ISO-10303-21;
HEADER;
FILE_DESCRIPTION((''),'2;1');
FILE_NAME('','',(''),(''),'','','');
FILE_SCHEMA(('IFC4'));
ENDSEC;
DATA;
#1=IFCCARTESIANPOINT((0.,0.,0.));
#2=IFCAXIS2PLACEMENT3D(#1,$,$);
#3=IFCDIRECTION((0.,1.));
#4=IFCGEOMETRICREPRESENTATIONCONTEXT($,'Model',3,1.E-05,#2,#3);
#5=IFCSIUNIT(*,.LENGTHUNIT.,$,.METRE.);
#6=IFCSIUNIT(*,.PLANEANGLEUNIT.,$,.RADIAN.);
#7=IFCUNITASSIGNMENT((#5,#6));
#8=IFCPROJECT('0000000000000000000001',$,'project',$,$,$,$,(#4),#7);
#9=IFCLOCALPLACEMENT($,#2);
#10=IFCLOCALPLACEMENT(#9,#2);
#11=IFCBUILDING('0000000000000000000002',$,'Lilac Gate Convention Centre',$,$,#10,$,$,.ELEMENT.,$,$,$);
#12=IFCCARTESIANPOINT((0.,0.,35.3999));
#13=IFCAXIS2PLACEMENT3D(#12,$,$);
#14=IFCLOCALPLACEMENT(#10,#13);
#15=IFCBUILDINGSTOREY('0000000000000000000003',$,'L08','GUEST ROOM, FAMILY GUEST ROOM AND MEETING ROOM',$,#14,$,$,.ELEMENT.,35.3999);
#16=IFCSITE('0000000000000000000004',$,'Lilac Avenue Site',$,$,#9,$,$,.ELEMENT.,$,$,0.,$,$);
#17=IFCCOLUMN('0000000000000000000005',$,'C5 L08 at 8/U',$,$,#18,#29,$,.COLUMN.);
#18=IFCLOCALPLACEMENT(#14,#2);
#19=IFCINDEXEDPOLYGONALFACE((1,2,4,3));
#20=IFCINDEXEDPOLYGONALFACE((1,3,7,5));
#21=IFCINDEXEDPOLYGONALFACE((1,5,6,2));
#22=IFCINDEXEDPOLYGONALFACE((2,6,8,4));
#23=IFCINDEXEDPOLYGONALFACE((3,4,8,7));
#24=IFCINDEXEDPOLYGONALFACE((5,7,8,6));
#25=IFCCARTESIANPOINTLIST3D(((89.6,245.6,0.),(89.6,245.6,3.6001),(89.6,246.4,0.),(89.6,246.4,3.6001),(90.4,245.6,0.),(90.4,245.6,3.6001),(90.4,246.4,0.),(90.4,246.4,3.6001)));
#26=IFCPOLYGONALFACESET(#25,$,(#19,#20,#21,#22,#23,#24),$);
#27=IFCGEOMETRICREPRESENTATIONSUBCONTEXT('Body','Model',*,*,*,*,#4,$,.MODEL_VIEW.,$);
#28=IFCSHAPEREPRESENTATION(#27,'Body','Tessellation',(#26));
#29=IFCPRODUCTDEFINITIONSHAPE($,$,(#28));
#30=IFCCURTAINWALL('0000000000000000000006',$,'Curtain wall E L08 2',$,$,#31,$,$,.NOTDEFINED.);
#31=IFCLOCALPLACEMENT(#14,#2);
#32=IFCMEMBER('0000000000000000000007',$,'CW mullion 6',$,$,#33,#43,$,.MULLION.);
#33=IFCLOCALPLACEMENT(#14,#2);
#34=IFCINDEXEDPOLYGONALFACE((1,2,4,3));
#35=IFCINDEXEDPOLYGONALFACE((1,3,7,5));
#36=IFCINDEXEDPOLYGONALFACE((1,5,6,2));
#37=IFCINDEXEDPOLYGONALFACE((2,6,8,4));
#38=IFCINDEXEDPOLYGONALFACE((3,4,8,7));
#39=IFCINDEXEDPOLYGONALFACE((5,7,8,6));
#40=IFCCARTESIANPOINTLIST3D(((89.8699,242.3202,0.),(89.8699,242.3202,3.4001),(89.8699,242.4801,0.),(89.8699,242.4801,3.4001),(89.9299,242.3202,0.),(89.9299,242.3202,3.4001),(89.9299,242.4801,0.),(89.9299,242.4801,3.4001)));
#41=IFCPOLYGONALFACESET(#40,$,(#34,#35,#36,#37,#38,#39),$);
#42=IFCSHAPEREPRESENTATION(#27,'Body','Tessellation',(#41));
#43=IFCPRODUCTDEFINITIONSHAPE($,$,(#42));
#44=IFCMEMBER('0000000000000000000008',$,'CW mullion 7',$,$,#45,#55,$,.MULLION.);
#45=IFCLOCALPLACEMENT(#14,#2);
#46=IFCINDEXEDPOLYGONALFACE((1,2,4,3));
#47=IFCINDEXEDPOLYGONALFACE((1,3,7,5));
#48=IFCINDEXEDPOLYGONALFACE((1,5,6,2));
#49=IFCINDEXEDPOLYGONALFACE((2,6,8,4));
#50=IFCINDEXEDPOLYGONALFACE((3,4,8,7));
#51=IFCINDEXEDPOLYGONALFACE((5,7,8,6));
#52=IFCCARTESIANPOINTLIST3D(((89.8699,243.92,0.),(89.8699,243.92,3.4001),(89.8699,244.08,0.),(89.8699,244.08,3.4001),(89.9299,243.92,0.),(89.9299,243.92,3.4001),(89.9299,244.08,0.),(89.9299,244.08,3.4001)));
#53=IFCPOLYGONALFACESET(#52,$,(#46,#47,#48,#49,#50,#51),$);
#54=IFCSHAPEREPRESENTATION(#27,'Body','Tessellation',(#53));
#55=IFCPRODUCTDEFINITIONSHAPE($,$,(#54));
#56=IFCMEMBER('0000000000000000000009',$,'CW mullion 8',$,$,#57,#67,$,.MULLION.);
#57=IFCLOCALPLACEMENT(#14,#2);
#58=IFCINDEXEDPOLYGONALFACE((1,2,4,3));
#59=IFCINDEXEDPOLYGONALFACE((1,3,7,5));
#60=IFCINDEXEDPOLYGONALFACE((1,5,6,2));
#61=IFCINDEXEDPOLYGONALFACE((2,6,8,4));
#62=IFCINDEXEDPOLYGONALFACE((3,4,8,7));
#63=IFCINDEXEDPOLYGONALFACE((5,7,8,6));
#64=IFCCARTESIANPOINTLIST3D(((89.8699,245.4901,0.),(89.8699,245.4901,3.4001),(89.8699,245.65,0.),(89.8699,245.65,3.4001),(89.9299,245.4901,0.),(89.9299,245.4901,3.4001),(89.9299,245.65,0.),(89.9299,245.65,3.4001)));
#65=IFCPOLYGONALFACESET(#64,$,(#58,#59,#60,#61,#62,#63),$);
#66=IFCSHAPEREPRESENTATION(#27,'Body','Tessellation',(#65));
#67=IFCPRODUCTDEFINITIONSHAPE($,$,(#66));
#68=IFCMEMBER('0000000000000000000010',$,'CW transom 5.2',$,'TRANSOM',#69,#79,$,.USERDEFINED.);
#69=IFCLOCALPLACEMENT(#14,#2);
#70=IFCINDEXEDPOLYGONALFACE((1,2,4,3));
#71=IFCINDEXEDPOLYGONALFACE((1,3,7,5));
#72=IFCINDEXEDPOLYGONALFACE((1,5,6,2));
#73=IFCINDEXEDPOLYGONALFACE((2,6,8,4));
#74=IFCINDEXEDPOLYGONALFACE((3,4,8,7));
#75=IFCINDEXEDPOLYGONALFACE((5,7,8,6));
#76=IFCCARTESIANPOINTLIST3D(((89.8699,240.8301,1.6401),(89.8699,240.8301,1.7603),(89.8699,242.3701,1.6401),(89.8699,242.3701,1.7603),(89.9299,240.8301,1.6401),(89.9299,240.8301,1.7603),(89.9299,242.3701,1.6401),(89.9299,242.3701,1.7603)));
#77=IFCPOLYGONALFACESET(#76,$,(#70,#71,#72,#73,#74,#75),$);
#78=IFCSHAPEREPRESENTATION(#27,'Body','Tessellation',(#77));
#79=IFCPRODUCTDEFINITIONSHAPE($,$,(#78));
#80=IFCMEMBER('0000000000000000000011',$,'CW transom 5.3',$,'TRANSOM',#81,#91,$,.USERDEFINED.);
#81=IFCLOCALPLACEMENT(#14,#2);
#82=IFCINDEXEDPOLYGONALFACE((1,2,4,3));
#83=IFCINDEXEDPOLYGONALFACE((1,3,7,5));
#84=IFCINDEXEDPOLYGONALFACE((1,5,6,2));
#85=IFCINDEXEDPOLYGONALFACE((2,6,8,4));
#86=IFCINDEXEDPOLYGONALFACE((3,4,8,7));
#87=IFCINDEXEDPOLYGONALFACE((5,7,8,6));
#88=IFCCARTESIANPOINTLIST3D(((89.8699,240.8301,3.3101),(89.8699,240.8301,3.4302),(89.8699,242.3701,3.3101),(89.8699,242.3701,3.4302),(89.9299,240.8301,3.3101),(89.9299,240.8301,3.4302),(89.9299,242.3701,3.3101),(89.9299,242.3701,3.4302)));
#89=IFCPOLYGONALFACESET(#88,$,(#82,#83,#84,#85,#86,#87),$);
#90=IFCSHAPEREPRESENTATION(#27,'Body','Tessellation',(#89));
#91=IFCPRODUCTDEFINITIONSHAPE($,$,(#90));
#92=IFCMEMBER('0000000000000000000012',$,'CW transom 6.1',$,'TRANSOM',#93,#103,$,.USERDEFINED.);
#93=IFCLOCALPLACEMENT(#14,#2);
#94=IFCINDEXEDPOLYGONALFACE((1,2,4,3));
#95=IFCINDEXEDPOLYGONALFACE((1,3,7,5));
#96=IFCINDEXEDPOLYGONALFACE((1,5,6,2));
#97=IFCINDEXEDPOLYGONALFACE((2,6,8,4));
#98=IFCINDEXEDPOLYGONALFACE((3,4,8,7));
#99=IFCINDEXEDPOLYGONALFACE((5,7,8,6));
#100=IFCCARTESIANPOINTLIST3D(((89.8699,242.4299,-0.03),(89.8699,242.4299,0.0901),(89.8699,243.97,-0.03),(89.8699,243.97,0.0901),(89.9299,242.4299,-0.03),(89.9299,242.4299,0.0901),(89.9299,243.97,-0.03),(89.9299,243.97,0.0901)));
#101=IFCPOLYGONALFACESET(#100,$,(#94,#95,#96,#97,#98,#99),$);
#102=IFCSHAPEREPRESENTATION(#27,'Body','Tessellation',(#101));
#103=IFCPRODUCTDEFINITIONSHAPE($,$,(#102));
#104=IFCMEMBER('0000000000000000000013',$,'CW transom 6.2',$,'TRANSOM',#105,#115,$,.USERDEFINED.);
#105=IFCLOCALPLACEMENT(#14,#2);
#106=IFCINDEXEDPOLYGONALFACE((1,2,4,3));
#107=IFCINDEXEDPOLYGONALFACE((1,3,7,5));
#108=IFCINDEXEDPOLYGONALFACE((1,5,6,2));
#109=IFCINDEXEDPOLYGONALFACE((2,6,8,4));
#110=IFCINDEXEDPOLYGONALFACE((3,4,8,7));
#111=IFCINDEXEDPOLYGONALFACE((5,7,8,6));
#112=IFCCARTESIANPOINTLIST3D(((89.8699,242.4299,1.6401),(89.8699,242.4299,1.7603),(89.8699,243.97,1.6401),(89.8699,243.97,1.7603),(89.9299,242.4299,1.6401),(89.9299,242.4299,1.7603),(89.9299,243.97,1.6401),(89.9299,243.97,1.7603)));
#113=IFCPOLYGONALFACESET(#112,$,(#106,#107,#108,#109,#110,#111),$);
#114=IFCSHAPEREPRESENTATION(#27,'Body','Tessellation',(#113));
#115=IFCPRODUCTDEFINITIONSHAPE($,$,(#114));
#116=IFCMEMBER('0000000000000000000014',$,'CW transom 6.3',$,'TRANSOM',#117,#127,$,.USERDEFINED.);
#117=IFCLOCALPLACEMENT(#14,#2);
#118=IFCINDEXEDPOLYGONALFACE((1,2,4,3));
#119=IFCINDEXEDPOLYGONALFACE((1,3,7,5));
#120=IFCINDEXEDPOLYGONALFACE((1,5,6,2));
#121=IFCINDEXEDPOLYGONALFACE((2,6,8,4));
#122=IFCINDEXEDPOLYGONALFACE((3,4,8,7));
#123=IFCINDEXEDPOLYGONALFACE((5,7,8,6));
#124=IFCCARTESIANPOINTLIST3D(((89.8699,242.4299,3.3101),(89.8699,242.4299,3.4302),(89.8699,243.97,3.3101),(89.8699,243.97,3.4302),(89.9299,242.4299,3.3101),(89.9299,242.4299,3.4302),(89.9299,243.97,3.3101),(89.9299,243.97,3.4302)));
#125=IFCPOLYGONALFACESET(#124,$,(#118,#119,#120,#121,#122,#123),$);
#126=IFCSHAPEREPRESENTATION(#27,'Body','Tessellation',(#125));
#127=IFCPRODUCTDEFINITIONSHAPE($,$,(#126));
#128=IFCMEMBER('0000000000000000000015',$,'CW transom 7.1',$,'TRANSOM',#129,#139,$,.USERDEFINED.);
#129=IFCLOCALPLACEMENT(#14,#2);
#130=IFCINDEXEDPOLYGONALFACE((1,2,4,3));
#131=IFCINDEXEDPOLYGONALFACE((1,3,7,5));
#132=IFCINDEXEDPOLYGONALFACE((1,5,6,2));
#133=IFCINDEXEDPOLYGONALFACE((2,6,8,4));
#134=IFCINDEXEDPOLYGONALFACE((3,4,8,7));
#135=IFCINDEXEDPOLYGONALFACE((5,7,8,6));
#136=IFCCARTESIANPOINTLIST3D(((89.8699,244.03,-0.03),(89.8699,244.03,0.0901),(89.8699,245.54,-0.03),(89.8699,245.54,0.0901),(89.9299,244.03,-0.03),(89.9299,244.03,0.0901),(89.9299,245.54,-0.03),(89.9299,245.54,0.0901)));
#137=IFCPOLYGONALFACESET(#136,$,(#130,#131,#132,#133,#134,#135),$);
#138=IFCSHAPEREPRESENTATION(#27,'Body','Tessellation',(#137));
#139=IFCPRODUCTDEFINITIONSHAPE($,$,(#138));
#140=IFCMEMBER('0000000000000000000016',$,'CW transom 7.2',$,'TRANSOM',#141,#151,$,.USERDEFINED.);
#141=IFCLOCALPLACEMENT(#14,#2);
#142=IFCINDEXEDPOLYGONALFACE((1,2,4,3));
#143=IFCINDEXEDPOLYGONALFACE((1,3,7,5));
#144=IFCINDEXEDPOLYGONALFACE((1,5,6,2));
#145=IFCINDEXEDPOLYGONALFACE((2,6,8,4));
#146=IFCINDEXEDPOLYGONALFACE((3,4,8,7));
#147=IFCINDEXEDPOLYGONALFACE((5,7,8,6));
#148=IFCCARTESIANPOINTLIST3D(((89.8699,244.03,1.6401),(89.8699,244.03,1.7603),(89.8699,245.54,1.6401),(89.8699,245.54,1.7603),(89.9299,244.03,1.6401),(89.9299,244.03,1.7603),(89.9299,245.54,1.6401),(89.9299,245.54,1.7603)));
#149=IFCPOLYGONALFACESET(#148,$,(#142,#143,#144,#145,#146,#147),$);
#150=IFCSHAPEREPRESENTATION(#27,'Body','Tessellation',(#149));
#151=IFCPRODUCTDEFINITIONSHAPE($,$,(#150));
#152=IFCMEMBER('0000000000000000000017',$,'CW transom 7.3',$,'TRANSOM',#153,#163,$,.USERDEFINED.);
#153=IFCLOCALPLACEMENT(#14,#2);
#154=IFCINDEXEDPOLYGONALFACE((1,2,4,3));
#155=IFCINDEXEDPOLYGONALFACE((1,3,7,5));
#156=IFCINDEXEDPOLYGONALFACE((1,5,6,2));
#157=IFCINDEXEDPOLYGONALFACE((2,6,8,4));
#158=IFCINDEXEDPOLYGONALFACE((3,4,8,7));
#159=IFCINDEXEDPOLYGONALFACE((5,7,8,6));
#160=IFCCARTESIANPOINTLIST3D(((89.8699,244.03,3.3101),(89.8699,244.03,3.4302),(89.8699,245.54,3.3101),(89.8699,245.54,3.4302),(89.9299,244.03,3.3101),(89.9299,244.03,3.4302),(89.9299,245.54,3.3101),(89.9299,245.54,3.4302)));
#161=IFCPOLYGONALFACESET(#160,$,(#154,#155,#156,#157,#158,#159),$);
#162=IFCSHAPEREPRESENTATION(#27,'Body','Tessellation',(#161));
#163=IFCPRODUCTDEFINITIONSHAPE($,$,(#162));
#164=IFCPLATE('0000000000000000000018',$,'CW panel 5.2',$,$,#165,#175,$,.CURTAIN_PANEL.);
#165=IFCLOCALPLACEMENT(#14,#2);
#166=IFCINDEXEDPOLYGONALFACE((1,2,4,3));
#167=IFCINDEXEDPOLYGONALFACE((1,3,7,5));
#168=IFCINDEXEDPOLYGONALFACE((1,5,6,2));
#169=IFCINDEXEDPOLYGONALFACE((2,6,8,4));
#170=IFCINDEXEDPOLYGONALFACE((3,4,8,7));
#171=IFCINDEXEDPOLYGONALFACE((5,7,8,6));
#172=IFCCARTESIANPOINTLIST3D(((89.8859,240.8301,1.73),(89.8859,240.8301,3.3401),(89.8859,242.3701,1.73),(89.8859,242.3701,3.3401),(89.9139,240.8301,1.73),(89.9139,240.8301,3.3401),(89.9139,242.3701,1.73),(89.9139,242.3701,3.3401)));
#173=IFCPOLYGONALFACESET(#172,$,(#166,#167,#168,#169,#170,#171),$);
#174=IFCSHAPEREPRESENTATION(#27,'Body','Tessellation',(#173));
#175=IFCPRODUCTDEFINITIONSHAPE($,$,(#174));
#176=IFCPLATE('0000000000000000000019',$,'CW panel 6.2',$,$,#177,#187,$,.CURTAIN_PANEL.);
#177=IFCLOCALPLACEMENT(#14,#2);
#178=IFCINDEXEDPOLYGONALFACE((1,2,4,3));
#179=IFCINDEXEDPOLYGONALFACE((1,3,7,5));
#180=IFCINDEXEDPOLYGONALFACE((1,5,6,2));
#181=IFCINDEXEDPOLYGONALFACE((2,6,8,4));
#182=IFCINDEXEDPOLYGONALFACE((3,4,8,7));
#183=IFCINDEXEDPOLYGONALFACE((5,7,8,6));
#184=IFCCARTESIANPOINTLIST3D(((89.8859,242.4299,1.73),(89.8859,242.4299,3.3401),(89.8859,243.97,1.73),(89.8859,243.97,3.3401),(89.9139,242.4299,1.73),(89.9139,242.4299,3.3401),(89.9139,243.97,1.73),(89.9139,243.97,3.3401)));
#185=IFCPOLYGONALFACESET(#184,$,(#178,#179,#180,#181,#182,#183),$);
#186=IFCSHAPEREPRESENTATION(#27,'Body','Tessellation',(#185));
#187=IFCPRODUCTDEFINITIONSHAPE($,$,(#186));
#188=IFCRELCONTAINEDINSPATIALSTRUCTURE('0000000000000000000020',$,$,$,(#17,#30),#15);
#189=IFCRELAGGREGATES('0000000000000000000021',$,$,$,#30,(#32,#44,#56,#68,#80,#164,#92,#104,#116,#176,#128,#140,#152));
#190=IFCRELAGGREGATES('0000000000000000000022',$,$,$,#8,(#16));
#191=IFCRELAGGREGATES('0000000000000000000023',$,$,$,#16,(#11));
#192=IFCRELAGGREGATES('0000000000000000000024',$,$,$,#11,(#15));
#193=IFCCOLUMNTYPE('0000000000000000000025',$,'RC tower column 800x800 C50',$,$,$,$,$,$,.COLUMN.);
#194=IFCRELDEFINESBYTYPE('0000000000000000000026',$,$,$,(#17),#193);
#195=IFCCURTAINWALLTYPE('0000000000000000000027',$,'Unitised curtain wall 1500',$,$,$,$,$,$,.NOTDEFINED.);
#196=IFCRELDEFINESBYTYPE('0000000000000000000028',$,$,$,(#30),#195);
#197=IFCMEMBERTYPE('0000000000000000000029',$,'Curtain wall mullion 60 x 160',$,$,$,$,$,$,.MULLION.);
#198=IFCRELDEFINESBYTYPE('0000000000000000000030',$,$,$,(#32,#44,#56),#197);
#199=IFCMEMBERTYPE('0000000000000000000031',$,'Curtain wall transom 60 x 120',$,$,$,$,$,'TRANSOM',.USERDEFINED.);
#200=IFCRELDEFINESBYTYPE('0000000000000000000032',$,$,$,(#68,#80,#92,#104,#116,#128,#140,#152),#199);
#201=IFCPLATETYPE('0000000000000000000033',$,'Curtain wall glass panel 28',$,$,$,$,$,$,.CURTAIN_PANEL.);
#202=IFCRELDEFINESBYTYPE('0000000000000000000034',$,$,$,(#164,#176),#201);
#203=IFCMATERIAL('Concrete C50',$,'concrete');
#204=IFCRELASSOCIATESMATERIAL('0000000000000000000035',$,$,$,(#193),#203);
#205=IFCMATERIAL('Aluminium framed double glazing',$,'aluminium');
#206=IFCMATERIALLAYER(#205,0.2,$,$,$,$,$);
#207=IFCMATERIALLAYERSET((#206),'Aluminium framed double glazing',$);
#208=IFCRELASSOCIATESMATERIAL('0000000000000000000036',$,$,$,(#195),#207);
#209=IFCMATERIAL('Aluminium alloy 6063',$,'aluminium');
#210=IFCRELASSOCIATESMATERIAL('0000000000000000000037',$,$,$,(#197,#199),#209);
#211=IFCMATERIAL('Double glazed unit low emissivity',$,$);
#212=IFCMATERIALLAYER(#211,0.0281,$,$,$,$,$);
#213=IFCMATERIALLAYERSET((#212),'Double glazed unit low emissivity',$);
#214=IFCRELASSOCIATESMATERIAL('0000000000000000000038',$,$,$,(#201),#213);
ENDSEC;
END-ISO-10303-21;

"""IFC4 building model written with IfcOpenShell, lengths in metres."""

from ifc_helpers import new_model, si_unit, direction, frame, origin, origin_2d, place, context, subcontext, project, spatial, rectangle, extrude, material, layer, layer_set, material_profile, profile_set, type_object, element, aggregate, save


model = new_model("IFC4")

# Units and contexts
model_context = context("Model", 3, precision=1e-05, world=origin(), true_north=direction((0.0, 1.0)))
body_context = subcontext(model_context, "Body", "Model", "MODEL_VIEW")
ifc_project = project(units=[si_unit("LENGTHUNIT", "METRE"), si_unit("PLANEANGLEUNIT", "RADIAN")], contexts=[model_context])

# Site, building, storey
site_placement = place(None, origin())
site = spatial("IfcSite", under=ifc_project, at=site_placement, Name="Lilac Avenue Site", CompositionType="ELEMENT", RefElevation=0.0)
building_placement = place(site_placement, origin())
building = spatial("IfcBuilding", under=site, at=building_placement, Name="Lilac Gate Convention Centre", CompositionType="ELEMENT")
storey_placement = place(building_placement, frame((0.0, 0.0, 35.3999)))
storey = spatial("IfcBuildingStorey", under=building, at=storey_placement, Name="L08", Description="GUEST ROOM, FAMILY GUEST ROOM AND MEETING ROOM", CompositionType="ELEMENT", Elevation=35.3999)

# Column
ifc_material_1 = material(Name="Concrete C50", Category="concrete")
ifc_material_profile_1 = material_profile(ifc_material_1, rectangle(XDim=0.8, YDim=0.8, at=origin_2d()), Name="RC 800x800")
ifc_profile_set_1 = profile_set([ifc_material_profile_1], Name="Concrete C50")
column_type = type_object("IfcColumnType", Name="RC tower column 800x800 C50", PredefinedType="COLUMN", material=ifc_profile_set_1)
column_placement = place(storey_placement, frame((90.0, 246.0, 0.0), z_axis=(0.0, 0.0, 1.0), x_axis=(1.0, 0.0, 0.0)))
element("IfcColumn", 1, at=column_placement, inside=storey, type_object=column_type, Name="C5 L08 at 8/U", PredefinedType="COLUMN", context=body_context, shape_type="SweptSolid", body=[
    extrude(rectangle(XDim=0.8, YDim=0.8, at=origin_2d()), origin(), (0.0, 0.0, 1.0), 3.6001),
])

# Curtain wall, members, plates
ifc_material_2 = material(Name="Aluminium framed double glazing", Category="aluminium")
ifc_layer_1 = layer(ifc_material_2, 0.2)
ifc_layer_set_1 = layer_set([ifc_layer_1], Name="Aluminium framed double glazing")
curtain_wall_type = type_object("IfcCurtainWallType", Name="Unitised curtain wall 1500", PredefinedType="NOTDEFINED", material=ifc_layer_set_1)
curtain_wall_placement = place(storey_placement, origin())
curtain_wall = element("IfcCurtainWall", 2, at=curtain_wall_placement, inside=storey, type_object=curtain_wall_type, Name="Curtain wall E L08 2", PredefinedType="NOTDEFINED")
ifc_material_3 = material(Name="Aluminium alloy 6063", Category="aluminium")
ifc_material_profile_2 = material_profile(ifc_material_3, rectangle(XDim=0.0601, YDim=0.1599, at=origin_2d()), Name="Curtain wall mullion 60 x 160")
ifc_profile_set_2 = profile_set([ifc_material_profile_2], Name="Aluminium alloy 6063")
member_type_1 = type_object("IfcMemberType", Name="Curtain wall mullion 60 x 160", PredefinedType="MULLION", material=ifc_profile_set_2)
member_1_placement = place(storey_placement, frame((89.8999, 242.4001, 0.0), z_axis=(0.0, 0.0, 1.0), x_axis=(-1.0, 0.0, 0.0)))
member_1 = element("IfcMember", 3, at=member_1_placement, type_object=member_type_1, Name="CW mullion 6", PredefinedType="MULLION", context=body_context, shape_type="SweptSolid", body=[
    extrude(rectangle(XDim=0.0601, YDim=0.1599, at=origin_2d()), origin(), (0.0, 0.0, 1.0), 3.4001),
])
member_2_placement = place(storey_placement, frame((89.8999, 244.0, 0.0), z_axis=(0.0, 0.0, 1.0), x_axis=(-1.0, 0.0, 0.0)))
member_2 = element("IfcMember", 4, at=member_2_placement, type_object=member_type_1, Name="CW mullion 7", PredefinedType="MULLION", context=body_context, shape_type="SweptSolid", body=[
    extrude(rectangle(XDim=0.0601, YDim=0.1599, at=origin_2d()), origin(), (0.0, 0.0, 1.0), 3.4001),
])
member_3_placement = place(storey_placement, frame((89.8999, 245.5701, 0.0), z_axis=(0.0, 0.0, 1.0), x_axis=(-1.0, 0.0, 0.0)))
member_3 = element("IfcMember", 5, at=member_3_placement, type_object=member_type_1, Name="CW mullion 8", PredefinedType="MULLION", context=body_context, shape_type="SweptSolid", body=[
    extrude(rectangle(XDim=0.0601, YDim=0.1599, at=origin_2d()), origin(), (0.0, 0.0, 1.0), 3.4001),
])
ifc_material_profile_3 = material_profile(ifc_material_3, rectangle(XDim=0.0601, YDim=0.1201, at=origin_2d()), Name="Curtain wall transom 60 x 120")
ifc_profile_set_3 = profile_set([ifc_material_profile_3], Name="Aluminium alloy 6063")
member_type_2 = type_object("IfcMemberType", Name="Curtain wall transom 60 x 120", ElementType="TRANSOM", PredefinedType="USERDEFINED", material=ifc_profile_set_3)
member_4_placement = place(storey_placement, frame((89.8999, 240.8301, 1.7002), z_axis=(0.0, 1.0, 0.0), x_axis=(-1.0, 0.0, 0.0)))
member_4 = element("IfcMember", 6, at=member_4_placement, type_object=member_type_2, Name="CW transom 5.2", ObjectType="TRANSOM", PredefinedType="USERDEFINED", context=body_context, shape_type="SweptSolid", body=[
    extrude(rectangle(XDim=0.0601, YDim=0.1201, at=origin_2d()), origin(), (0.0, 0.0, 1.0), 1.54),
])
member_5_placement = place(storey_placement, frame((89.8999, 240.8301, 3.3701), z_axis=(0.0, 1.0, 0.0), x_axis=(-1.0, 0.0, 0.0)))
member_5 = element("IfcMember", 7, at=member_5_placement, type_object=member_type_2, Name="CW transom 5.3", ObjectType="TRANSOM", PredefinedType="USERDEFINED", context=body_context, shape_type="SweptSolid", body=[
    extrude(rectangle(XDim=0.0601, YDim=0.1201, at=origin_2d()), origin(), (0.0, 0.0, 1.0), 1.54),
])
member_6_placement = place(storey_placement, frame((89.8999, 242.4299, 0.03), z_axis=(0.0, 1.0, 0.0), x_axis=(-1.0, 0.0, 0.0)))
member_6 = element("IfcMember", 8, at=member_6_placement, type_object=member_type_2, Name="CW transom 6.1", ObjectType="TRANSOM", PredefinedType="USERDEFINED", context=body_context, shape_type="SweptSolid", body=[
    extrude(rectangle(XDim=0.0601, YDim=0.1201, at=origin_2d()), origin(), (0.0, 0.0, 1.0), 1.54),
])
member_7_placement = place(storey_placement, frame((89.8999, 242.4299, 1.7002), z_axis=(0.0, 1.0, 0.0), x_axis=(-1.0, 0.0, 0.0)))
member_7 = element("IfcMember", 9, at=member_7_placement, type_object=member_type_2, Name="CW transom 6.2", ObjectType="TRANSOM", PredefinedType="USERDEFINED", context=body_context, shape_type="SweptSolid", body=[
    extrude(rectangle(XDim=0.0601, YDim=0.1201, at=origin_2d()), origin(), (0.0, 0.0, 1.0), 1.54),
])
member_8_placement = place(storey_placement, frame((89.8999, 242.4299, 3.3701), z_axis=(0.0, 1.0, 0.0), x_axis=(-1.0, 0.0, 0.0)))
member_8 = element("IfcMember", 10, at=member_8_placement, type_object=member_type_2, Name="CW transom 6.3", ObjectType="TRANSOM", PredefinedType="USERDEFINED", context=body_context, shape_type="SweptSolid", body=[
    extrude(rectangle(XDim=0.0601, YDim=0.1201, at=origin_2d()), origin(), (0.0, 0.0, 1.0), 1.54),
])
member_9_placement = place(storey_placement, frame((89.8999, 244.03, 0.03), z_axis=(0.0, 1.0, 0.0), x_axis=(-1.0, 0.0, 0.0)))
member_9 = element("IfcMember", 11, at=member_9_placement, type_object=member_type_2, Name="CW transom 7.1", ObjectType="TRANSOM", PredefinedType="USERDEFINED", context=body_context, shape_type="SweptSolid", body=[
    extrude(rectangle(XDim=0.0601, YDim=0.1201, at=origin_2d()), origin(), (0.0, 0.0, 1.0), 1.51),
])
member_10_placement = place(storey_placement, frame((89.8999, 244.03, 1.7002), z_axis=(0.0, 1.0, 0.0), x_axis=(-1.0, 0.0, 0.0)))
member_10 = element("IfcMember", 12, at=member_10_placement, type_object=member_type_2, Name="CW transom 7.2", ObjectType="TRANSOM", PredefinedType="USERDEFINED", context=body_context, shape_type="SweptSolid", body=[
    extrude(rectangle(XDim=0.0601, YDim=0.1201, at=origin_2d()), origin(), (0.0, 0.0, 1.0), 1.51),
])
member_11_placement = place(storey_placement, frame((89.8999, 244.03, 3.3701), z_axis=(0.0, 1.0, 0.0), x_axis=(-1.0, 0.0, 0.0)))
member_11 = element("IfcMember", 13, at=member_11_placement, type_object=member_type_2, Name="CW transom 7.3", ObjectType="TRANSOM", PredefinedType="USERDEFINED", context=body_context, shape_type="SweptSolid", body=[
    extrude(rectangle(XDim=0.0601, YDim=0.1201, at=origin_2d()), origin(), (0.0, 0.0, 1.0), 1.51),
])
ifc_material_4 = material(Name="Double glazed unit low emissivity")
ifc_layer_2 = layer(ifc_material_4, 0.0281)
ifc_layer_set_2 = layer_set([ifc_layer_2], Name="Double glazed unit low emissivity")
plate_type_1 = type_object("IfcPlateType", Name="Curtain wall glass panel 28", PredefinedType="CURTAIN_PANEL", material=ifc_layer_set_2)
plate_1_placement = place(storey_placement, frame((89.8999, 241.6001, 1.73), z_axis=(0.0, 0.0, 1.0), x_axis=(0.0, 1.0, 0.0)))
plate_1 = element("IfcPlate", 14, at=plate_1_placement, type_object=plate_type_1, Name="CW panel 5.2", PredefinedType="CURTAIN_PANEL", context=body_context, shape_type="SweptSolid", body=[
    extrude(rectangle(XDim=1.54, YDim=0.0281, at=origin_2d()), origin(), (0.0, 0.0, 1.0), 1.6101),
])
plate_2_placement = place(storey_placement, frame((89.8999, 243.2, 1.73), z_axis=(0.0, 0.0, 1.0), x_axis=(0.0, 1.0, 0.0)))
plate_2 = element("IfcPlate", 15, at=plate_2_placement, type_object=plate_type_1, Name="CW panel 6.2", PredefinedType="CURTAIN_PANEL", context=body_context, shape_type="SweptSolid", body=[
    extrude(rectangle(XDim=1.54, YDim=0.0281, at=origin_2d()), origin(), (0.0, 0.0, 1.0), 1.6101),
])
aggregate(curtain_wall, [member_1, member_2, member_3, member_4, member_5, plate_1, member_6, member_7, member_8, plate_2, member_9, member_10, member_11])

save(model, "model.ifc")
